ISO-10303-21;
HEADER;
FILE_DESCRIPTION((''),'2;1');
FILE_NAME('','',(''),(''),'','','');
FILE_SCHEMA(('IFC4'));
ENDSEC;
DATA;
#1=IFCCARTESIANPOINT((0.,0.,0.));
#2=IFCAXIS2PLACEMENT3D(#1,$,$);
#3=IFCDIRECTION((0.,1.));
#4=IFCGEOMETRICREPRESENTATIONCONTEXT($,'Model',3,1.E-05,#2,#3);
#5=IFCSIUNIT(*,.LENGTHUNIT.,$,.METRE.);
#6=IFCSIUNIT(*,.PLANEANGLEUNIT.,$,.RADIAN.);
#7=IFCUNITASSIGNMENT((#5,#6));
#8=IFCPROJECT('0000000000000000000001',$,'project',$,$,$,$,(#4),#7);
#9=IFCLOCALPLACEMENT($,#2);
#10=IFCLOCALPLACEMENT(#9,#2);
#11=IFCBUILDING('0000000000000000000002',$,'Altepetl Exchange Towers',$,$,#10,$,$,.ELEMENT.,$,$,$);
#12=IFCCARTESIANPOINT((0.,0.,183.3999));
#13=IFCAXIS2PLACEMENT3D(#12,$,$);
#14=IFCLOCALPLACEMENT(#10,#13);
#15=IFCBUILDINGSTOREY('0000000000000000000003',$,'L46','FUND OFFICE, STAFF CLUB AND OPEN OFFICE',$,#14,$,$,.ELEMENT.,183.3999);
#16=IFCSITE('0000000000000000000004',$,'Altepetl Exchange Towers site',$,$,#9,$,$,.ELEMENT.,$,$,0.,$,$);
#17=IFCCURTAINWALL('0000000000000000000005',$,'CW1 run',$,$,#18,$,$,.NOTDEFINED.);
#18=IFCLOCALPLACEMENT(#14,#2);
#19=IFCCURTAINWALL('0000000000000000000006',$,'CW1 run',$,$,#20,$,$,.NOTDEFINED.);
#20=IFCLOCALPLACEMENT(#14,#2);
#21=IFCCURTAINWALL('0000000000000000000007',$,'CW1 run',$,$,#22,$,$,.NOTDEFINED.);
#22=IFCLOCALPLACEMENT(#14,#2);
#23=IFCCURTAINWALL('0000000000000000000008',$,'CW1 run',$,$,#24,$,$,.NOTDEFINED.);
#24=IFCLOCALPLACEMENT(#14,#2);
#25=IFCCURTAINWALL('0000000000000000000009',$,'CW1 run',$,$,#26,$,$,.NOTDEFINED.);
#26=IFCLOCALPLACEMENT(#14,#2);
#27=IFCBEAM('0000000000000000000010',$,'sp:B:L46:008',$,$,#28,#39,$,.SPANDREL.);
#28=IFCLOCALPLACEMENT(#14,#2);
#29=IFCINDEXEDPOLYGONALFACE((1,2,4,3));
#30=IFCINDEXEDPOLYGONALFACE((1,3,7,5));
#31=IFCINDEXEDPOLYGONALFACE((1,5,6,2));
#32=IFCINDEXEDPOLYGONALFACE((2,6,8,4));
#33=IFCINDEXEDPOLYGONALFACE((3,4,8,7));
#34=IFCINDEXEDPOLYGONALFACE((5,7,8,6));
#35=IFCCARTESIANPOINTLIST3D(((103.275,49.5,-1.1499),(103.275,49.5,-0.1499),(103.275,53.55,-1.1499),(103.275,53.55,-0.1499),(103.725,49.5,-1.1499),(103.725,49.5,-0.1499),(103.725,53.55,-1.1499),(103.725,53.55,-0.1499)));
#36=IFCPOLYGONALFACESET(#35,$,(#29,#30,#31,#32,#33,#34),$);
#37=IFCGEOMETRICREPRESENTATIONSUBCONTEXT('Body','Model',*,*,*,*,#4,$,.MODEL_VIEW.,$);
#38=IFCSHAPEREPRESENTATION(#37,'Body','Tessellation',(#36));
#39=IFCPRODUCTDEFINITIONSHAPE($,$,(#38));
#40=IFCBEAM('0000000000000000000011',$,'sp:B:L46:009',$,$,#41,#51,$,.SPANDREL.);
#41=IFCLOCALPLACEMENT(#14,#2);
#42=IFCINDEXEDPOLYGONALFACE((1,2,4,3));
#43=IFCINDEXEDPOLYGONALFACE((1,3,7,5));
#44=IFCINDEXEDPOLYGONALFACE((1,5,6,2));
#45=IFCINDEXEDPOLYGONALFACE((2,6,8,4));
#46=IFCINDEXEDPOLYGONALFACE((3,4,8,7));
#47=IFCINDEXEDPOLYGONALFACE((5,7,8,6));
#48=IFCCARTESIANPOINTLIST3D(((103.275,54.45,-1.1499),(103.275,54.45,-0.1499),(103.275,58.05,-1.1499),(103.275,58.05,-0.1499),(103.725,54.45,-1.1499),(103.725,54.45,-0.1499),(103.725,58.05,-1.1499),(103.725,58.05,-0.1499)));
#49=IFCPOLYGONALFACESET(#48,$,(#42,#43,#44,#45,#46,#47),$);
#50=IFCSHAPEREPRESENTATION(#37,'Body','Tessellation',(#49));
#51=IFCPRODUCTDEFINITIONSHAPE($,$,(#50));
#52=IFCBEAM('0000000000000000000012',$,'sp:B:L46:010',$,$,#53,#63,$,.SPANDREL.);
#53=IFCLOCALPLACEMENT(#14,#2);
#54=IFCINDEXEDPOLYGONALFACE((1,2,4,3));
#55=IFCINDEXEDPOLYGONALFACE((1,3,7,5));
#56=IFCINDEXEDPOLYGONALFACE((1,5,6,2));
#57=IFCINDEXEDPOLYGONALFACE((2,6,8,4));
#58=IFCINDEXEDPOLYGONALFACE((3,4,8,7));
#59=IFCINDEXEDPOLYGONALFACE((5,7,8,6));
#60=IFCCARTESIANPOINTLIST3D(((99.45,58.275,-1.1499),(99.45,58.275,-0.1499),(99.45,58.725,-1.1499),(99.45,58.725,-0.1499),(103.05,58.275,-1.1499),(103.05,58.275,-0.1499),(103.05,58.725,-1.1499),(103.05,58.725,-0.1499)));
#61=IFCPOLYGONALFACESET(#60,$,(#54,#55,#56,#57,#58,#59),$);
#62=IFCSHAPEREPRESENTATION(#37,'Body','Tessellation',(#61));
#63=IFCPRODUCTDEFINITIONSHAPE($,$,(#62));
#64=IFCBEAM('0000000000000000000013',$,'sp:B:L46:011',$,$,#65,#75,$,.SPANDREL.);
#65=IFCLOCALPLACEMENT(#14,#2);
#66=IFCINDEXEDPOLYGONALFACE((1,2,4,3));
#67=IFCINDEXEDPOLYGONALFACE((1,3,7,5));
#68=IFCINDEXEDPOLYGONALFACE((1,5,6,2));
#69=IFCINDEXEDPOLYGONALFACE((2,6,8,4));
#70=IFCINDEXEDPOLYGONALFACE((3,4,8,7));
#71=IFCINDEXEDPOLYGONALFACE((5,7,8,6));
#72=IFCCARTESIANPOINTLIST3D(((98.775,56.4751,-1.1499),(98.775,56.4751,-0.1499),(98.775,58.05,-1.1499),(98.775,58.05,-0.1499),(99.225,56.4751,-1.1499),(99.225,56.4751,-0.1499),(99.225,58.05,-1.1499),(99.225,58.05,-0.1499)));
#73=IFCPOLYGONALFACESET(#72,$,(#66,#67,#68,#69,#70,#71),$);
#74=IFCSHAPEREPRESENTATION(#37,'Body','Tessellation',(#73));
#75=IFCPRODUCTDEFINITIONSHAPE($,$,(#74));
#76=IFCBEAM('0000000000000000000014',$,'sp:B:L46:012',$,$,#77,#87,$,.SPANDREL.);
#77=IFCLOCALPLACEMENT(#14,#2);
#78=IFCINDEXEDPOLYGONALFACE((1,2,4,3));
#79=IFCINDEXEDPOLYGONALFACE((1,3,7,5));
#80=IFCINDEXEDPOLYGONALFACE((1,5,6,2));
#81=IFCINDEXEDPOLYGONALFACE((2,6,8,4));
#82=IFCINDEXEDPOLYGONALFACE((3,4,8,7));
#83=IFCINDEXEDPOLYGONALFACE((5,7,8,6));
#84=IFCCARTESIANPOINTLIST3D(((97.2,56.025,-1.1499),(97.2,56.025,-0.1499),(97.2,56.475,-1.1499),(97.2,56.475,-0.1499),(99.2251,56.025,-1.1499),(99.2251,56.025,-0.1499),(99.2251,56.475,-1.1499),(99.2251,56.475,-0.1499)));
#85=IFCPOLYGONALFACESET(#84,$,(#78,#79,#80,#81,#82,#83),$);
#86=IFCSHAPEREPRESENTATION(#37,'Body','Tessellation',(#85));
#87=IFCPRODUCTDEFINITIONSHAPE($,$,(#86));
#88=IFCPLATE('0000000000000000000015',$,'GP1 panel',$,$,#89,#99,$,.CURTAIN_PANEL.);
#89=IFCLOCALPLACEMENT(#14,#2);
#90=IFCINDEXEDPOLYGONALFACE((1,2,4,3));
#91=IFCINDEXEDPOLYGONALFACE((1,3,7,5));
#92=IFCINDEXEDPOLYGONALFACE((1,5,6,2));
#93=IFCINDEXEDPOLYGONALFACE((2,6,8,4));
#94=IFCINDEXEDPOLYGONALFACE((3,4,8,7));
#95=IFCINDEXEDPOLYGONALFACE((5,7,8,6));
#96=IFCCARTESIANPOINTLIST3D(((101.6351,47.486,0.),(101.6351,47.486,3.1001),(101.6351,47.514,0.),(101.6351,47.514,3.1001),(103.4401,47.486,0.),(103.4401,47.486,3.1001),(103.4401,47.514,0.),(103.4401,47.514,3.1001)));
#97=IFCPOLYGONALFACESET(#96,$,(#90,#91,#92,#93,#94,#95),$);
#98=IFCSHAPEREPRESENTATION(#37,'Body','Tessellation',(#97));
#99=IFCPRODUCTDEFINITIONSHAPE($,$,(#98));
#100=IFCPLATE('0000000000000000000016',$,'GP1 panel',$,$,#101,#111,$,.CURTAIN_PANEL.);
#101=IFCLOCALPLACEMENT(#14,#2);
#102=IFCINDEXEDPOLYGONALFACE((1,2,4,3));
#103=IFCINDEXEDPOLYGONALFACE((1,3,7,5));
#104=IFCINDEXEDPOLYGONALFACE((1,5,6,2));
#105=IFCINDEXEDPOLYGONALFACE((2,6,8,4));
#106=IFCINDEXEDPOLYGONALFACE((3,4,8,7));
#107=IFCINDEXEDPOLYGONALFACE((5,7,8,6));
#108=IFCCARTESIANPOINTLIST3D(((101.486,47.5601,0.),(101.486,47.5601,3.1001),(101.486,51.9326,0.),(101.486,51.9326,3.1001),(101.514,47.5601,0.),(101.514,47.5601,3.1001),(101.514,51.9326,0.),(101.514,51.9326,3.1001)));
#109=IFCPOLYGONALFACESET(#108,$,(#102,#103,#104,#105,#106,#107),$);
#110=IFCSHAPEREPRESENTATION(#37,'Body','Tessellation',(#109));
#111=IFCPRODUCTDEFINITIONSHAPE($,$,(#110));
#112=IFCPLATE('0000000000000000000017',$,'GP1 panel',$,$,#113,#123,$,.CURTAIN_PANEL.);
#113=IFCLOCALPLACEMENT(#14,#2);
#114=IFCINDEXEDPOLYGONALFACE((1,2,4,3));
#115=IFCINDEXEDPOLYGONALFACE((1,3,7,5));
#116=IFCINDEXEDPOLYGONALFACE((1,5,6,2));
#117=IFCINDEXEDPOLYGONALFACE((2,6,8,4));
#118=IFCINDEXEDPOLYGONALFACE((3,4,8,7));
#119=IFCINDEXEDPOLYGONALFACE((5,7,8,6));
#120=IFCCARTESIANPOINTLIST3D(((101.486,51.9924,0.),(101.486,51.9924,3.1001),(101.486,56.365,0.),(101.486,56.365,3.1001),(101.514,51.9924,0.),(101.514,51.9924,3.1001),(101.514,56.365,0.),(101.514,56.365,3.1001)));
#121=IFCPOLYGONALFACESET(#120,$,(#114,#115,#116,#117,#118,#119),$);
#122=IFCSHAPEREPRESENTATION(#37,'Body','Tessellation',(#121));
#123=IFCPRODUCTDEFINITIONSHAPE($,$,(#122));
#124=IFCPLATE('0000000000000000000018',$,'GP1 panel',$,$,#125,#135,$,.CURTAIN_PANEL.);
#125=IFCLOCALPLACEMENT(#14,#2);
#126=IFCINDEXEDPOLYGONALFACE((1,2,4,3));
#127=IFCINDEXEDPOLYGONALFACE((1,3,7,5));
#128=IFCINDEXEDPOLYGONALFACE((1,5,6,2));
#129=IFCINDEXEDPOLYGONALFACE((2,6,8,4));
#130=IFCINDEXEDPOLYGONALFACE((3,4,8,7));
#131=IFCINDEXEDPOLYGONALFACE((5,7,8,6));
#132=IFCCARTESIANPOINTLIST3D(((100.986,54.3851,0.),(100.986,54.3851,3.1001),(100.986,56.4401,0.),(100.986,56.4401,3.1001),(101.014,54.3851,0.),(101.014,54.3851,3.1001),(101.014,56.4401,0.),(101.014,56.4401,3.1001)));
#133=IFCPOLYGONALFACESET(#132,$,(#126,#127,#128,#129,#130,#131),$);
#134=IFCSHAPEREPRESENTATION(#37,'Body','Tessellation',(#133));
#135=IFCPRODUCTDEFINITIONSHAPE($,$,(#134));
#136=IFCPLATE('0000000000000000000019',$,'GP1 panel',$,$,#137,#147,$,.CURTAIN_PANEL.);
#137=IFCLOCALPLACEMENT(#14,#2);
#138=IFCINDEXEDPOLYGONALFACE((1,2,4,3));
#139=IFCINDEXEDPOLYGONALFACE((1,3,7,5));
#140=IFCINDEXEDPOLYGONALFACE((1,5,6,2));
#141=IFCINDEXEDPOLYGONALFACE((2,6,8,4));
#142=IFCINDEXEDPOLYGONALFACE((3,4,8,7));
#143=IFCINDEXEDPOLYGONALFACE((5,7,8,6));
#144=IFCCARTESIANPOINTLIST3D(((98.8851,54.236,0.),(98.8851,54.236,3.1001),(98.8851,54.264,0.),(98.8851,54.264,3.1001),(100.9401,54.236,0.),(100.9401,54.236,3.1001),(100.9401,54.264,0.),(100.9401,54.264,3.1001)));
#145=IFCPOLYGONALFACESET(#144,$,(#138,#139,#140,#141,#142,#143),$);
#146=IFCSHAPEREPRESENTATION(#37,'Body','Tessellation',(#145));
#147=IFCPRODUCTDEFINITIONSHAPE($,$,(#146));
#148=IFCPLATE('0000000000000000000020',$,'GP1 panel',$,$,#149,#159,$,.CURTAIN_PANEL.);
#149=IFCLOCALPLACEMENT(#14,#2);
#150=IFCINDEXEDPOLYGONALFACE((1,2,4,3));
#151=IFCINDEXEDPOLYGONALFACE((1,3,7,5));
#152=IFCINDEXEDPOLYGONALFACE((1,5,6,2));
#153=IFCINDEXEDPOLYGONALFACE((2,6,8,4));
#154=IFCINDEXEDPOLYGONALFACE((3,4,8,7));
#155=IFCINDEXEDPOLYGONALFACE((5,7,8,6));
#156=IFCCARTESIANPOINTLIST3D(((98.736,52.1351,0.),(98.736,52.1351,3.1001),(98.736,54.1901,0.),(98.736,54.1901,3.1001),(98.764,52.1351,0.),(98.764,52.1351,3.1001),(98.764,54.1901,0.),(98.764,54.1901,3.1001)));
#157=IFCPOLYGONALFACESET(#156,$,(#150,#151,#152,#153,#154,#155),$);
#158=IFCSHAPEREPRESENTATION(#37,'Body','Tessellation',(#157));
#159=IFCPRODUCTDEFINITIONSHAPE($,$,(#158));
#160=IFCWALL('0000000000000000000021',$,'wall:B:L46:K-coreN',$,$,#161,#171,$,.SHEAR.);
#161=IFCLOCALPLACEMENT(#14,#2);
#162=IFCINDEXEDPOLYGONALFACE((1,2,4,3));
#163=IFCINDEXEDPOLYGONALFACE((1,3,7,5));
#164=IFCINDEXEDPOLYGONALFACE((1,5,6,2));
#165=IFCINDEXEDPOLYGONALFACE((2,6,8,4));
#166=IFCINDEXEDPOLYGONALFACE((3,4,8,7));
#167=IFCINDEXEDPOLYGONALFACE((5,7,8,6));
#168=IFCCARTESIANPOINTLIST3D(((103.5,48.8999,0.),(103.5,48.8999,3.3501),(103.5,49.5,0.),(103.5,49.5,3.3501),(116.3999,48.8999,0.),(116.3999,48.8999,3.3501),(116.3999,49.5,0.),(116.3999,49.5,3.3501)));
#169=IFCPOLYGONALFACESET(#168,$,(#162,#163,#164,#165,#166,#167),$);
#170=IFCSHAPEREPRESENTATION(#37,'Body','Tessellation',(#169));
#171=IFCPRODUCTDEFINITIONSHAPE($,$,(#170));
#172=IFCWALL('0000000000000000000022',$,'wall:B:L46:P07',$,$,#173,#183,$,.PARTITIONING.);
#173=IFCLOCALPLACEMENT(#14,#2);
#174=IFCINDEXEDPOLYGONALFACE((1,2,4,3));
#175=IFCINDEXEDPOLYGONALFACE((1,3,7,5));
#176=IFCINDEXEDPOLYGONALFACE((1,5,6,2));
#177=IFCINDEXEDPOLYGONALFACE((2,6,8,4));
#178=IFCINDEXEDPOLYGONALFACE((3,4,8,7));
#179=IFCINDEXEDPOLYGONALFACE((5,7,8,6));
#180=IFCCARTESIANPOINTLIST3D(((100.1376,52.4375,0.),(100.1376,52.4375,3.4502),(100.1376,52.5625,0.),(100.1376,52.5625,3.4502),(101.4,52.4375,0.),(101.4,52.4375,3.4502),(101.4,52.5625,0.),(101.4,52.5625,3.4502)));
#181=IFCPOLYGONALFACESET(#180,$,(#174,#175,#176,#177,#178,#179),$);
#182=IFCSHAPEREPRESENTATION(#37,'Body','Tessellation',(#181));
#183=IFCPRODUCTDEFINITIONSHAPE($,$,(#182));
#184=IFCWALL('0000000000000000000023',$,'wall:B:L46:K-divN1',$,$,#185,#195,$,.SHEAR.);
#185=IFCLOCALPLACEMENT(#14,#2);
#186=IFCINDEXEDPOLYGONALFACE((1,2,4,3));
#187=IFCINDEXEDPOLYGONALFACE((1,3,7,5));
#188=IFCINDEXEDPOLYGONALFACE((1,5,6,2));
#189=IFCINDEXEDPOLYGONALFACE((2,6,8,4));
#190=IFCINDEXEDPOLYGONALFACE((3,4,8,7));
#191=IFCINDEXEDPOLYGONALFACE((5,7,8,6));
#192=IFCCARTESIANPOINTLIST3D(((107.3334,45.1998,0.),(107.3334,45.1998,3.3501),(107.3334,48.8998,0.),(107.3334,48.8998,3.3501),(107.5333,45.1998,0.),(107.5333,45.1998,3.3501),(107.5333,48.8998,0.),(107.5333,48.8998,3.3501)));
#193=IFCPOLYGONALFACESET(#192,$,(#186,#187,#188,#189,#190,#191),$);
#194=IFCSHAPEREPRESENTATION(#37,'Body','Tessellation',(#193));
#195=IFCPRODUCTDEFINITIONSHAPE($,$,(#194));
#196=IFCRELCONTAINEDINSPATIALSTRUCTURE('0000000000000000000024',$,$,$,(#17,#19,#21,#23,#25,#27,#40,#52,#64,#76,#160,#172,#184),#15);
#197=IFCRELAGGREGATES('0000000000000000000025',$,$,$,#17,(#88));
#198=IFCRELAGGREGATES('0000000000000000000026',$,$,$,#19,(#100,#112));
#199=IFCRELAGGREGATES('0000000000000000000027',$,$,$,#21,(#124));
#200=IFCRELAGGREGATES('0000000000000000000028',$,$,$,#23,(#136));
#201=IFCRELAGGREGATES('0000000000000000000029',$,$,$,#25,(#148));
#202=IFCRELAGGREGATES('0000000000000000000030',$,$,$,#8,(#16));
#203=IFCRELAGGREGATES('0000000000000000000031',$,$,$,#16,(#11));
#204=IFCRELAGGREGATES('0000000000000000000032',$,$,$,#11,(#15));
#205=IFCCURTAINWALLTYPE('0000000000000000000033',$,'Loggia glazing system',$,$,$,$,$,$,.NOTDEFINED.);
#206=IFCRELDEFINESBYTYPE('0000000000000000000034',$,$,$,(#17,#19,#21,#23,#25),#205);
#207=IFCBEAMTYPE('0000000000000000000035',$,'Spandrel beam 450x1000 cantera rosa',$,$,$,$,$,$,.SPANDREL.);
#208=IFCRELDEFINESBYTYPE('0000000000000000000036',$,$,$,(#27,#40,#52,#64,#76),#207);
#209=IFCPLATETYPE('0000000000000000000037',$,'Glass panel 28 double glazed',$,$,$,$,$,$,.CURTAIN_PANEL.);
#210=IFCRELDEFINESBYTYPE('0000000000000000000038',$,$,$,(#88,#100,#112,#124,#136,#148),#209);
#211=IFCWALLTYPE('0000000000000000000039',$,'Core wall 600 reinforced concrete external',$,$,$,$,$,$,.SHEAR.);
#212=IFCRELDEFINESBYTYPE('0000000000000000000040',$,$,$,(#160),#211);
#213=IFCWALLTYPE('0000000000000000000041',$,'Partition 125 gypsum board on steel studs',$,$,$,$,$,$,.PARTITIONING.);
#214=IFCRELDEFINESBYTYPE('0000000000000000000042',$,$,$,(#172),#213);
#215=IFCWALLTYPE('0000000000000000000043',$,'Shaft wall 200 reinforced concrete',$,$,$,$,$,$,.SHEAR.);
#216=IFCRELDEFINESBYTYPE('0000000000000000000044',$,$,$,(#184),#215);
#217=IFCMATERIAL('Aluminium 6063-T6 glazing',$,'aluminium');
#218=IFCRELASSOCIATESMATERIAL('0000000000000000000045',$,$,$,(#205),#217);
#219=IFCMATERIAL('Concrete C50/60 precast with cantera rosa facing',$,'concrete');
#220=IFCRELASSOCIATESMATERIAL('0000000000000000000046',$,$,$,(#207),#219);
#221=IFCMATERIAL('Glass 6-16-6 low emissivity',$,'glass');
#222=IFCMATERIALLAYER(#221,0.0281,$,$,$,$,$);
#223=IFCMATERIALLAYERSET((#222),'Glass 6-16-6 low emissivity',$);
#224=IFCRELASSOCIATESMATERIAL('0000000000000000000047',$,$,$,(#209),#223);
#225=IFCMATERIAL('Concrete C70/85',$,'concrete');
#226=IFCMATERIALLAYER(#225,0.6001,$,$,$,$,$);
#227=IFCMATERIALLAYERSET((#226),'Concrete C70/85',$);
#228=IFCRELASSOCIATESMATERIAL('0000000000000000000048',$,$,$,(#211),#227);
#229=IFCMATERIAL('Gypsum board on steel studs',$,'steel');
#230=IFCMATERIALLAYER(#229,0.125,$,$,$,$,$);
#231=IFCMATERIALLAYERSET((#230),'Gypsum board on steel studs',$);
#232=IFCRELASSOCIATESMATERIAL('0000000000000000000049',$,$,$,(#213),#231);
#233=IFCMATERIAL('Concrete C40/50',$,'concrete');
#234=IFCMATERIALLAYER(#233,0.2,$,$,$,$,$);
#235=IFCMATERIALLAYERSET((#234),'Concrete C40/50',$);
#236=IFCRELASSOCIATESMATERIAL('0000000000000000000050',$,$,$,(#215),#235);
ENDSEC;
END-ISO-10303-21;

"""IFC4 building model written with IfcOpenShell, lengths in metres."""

from ifc_helpers import new_model, si_unit, direction, frame, frame_2d, origin, origin_2d, place, context, subcontext, project, spatial, rectangle, extrude, material, layer, layer_set, material_profile, profile_set, type_object, element, aggregate, save


model = new_model("IFC4")

# Units and contexts
model_context = context("Model", 3, precision=1e-05, world=origin(), true_north=direction((0.0, 1.0)))
body_context = subcontext(model_context, "Body", "Model", "MODEL_VIEW")
ifc_project = project(units=[si_unit("LENGTHUNIT", "METRE"), si_unit("PLANEANGLEUNIT", "RADIAN")], contexts=[model_context])

# Site, building, storey
site_placement = place(None, origin())
site = spatial("IfcSite", under=ifc_project, at=site_placement, Name="Altepetl Exchange Towers site", CompositionType="ELEMENT", RefElevation=0.0)
building_placement = place(site_placement, origin())
building = spatial("IfcBuilding", under=site, at=building_placement, Name="Altepetl Exchange Towers", CompositionType="ELEMENT")
storey_placement = place(building_placement, frame((0.0, 0.0, 183.3999)))
storey = spatial("IfcBuildingStorey", under=building, at=storey_placement, Name="L46", Description="FUND OFFICE, STAFF CLUB AND OPEN OFFICE", CompositionType="ELEMENT", Elevation=183.3999)

# Curtain wall
ifc_material_1 = material(Name="Aluminium 6063-T6 glazing", Category="aluminium")
curtain_wall_type = type_object("IfcCurtainWallType", Name="Loggia glazing system", PredefinedType="NOTDEFINED", material=ifc_material_1)
curtain_wall_1_placement = place(storey_placement, origin())
curtain_wall_1 = element("IfcCurtainWall", 1, at=curtain_wall_1_placement, inside=storey, type_object=curtain_wall_type, Name="CW1 run", PredefinedType="NOTDEFINED")

# Curtain walls
curtain_wall_2_placement = place(storey_placement, origin())
curtain_wall_2 = element("IfcCurtainWall", 2, at=curtain_wall_2_placement, inside=storey, type_object=curtain_wall_type, Name="CW1 run", PredefinedType="NOTDEFINED")
curtain_wall_3_placement = place(storey_placement, origin())
curtain_wall_3 = element("IfcCurtainWall", 3, at=curtain_wall_3_placement, inside=storey, type_object=curtain_wall_type, Name="CW1 run", PredefinedType="NOTDEFINED")
curtain_wall_4_placement = place(storey_placement, origin())
curtain_wall_4 = element("IfcCurtainWall", 4, at=curtain_wall_4_placement, inside=storey, type_object=curtain_wall_type, Name="CW1 run", PredefinedType="NOTDEFINED")

# Curtain wall
curtain_wall_5_placement = place(storey_placement, origin())
curtain_wall_5 = element("IfcCurtainWall", 5, at=curtain_wall_5_placement, inside=storey, type_object=curtain_wall_type, Name="CW1 run", PredefinedType="NOTDEFINED")

# Beams
ifc_material_2 = material(Name="Concrete C50/60 precast with cantera rosa facing", Category="concrete")
ifc_material_profile_1 = material_profile(ifc_material_2, rectangle(XDim=0.45, YDim=1.0, at=origin_2d()), Name="450 x 1000")
ifc_profile_set_1 = profile_set([ifc_material_profile_1], Name="Concrete C50/60 precast with cantera rosa facing")
beam_type = type_object("IfcBeamType", Name="Spandrel beam 450x1000 cantera rosa", PredefinedType="SPANDREL", material=ifc_profile_set_1)
beam_1_placement = place(storey_placement, frame((103.5, 49.5, -0.6499), z_axis=(0.0, 1.0, 0.0), x_axis=(-1.0, 0.0, 0.0)))
element("IfcBeam", 6, at=beam_1_placement, inside=storey, type_object=beam_type, Name="sp:B:L46:008", PredefinedType="SPANDREL", context=body_context, shape_type="SweptSolid", body=[
    extrude(rectangle(XDim=0.45, YDim=1.0, at=origin_2d()), origin(), (0.0, 0.0, 1.0), 4.05),
])
for number, where, z_axis, x_axis, name in (
    (7, (103.5, 54.45, -0.6499), (0.0, 1.0, 0.0), (-1.0, 0.0, 0.0), "sp:B:L46:009"),
    (8, (103.05, 58.5, -0.6499), (-1.0, 0.0, 0.0), (0.0, -1.0, 0.0), "sp:B:L46:010"),
):
    element("IfcBeam", number, at=place(storey_placement, frame(where, z_axis=z_axis, x_axis=x_axis)), inside=storey, type_object=beam_type, Name=name, PredefinedType="SPANDREL", context=body_context, shape_type="SweptSolid", body=[
        extrude(rectangle(XDim=0.45, YDim=1.0, at=origin_2d()), origin(), (0.0, 0.0, 1.0), 3.6001),
    ])
beam_2_placement = place(storey_placement, frame((99.0, 58.05, -0.6499), z_axis=(0.0, -1.0, 0.0), x_axis=(1.0, 0.0, 0.0)))
element("IfcBeam", 9, at=beam_2_placement, inside=storey, type_object=beam_type, Name="sp:B:L46:011", PredefinedType="SPANDREL", context=body_context, shape_type="SweptSolid", body=[
    extrude(rectangle(XDim=0.45, YDim=1.0, at=origin_2d()), origin(), (0.0, 0.0, 1.0), 1.575),
])
beam_3_placement = place(storey_placement, frame((99.2251, 56.25, -0.6499), z_axis=(-1.0, 0.0, 0.0), x_axis=(0.0, -1.0, 0.0)))
element("IfcBeam", 10, at=beam_3_placement, inside=storey, type_object=beam_type, Name="sp:B:L46:012", PredefinedType="SPANDREL", context=body_context, shape_type="SweptSolid", body=[
    extrude(rectangle(XDim=0.45, YDim=1.0, at=origin_2d()), origin(), (0.0, 0.0, 1.0), 2.0251),
])

# Plates
ifc_material_3 = material(Name="Glass 6-16-6 low emissivity", Category="glass")
ifc_layer_1 = layer(ifc_material_3, 0.0281)
ifc_layer_set_1 = layer_set([ifc_layer_1], Name="Glass 6-16-6 low emissivity")
plate_type = type_object("IfcPlateType", Name="Glass panel 28 double glazed", PredefinedType="CURTAIN_PANEL", material=ifc_layer_set_1)
plate_1_placement = place(storey_placement, frame((102.5376, 47.5, 0.0), z_axis=(0.0, 0.0, 1.0), x_axis=(-1.0, 0.0, 0.0)))
plate_1 = element("IfcPlate", 11, at=plate_1_placement, type_object=plate_type, Name="GP1 panel", PredefinedType="CURTAIN_PANEL", context=body_context, shape_type="SweptSolid", body=[
    extrude(rectangle(XDim=1.8049, YDim=0.0281, at=origin_2d()), origin(), (0.0, 0.0, 1.0), 3.1001),
])
aggregate(curtain_wall_1, [plate_1])
plate_2_placement = place(storey_placement, frame((101.5, 49.7463, 0.0), z_axis=(0.0, 0.0, 1.0), x_axis=(0.0, 1.0, 0.0)))
plate_2 = element("IfcPlate", 12, at=plate_2_placement, type_object=plate_type, Name="GP1 panel", PredefinedType="CURTAIN_PANEL", context=body_context, shape_type="SweptSolid", body=[
    extrude(rectangle(XDim=4.3726, YDim=0.0281, at=origin_2d()), origin(), (0.0, 0.0, 1.0), 3.1001),
])
plate_3_placement = place(storey_placement, frame((101.5, 54.1787, 0.0), z_axis=(0.0, 0.0, 1.0), x_axis=(0.0, 1.0, 0.0)))
plate_3 = element("IfcPlate", 13, at=plate_3_placement, type_object=plate_type, Name="GP1 panel", PredefinedType="CURTAIN_PANEL", context=body_context, shape_type="SweptSolid", body=[
    extrude(rectangle(XDim=4.3726, YDim=0.0281, at=origin_2d()), origin(), (0.0, 0.0, 1.0), 3.1001),
])
aggregate(curtain_wall_2, [plate_2, plate_3])
plate_4_placement = place(storey_placement, frame((101.0, 55.4126, 0.0), z_axis=(0.0, 0.0, 1.0), x_axis=(0.0, -1.0, 0.0)))
plate_4 = element("IfcPlate", 14, at=plate_4_placement, type_object=plate_type, Name="GP1 panel", PredefinedType="CURTAIN_PANEL", context=body_context, shape_type="SweptSolid", body=[
    extrude(rectangle(XDim=2.0549, YDim=0.0281, at=origin_2d()), origin(), (0.0, 0.0, 1.0), 3.1001),
])
aggregate(curtain_wall_3, [plate_4])
plate_5_placement = place(storey_placement, frame((99.9126, 54.25, 0.0), z_axis=(0.0, 0.0, 1.0), x_axis=(-1.0, 0.0, 0.0)))
plate_5 = element("IfcPlate", 15, at=plate_5_placement, type_object=plate_type, Name="GP1 panel", PredefinedType="CURTAIN_PANEL", context=body_context, shape_type="SweptSolid", body=[
    extrude(rectangle(XDim=2.0549, YDim=0.0281, at=origin_2d()), origin(), (0.0, 0.0, 1.0), 3.1001),
])
aggregate(curtain_wall_4, [plate_5])
plate_6_placement = place(storey_placement, frame((98.75, 53.1626, 0.0), z_axis=(0.0, 0.0, 1.0), x_axis=(0.0, -1.0, 0.0)))
plate_6 = element("IfcPlate", 16, at=plate_6_placement, type_object=plate_type, Name="GP1 panel", PredefinedType="CURTAIN_PANEL", context=body_context, shape_type="SweptSolid", body=[
    extrude(rectangle(XDim=2.0549, YDim=0.0281, at=origin_2d()), origin(), (0.0, 0.0, 1.0), 3.1001),
])
aggregate(curtain_wall_5, [plate_6])

# Walls
ifc_material_4 = material(Name="Concrete C70/85", Category="concrete")
ifc_layer_2 = layer(ifc_material_4, 0.6001)
ifc_layer_set_2 = layer_set([ifc_layer_2], Name="Concrete C70/85")
wall_type_1 = type_object("IfcWallType", Name="Core wall 600 reinforced concrete external", PredefinedType="SHEAR", material=ifc_layer_set_2)
wall_1_placement = place(storey_placement, frame((103.5, 49.2, 0.0)))
element("IfcWall", 17, at=wall_1_placement, inside=storey, type_object=wall_type_1, Name="wall:B:L46:K-coreN", PredefinedType="SHEAR", context=body_context, shape_type="SweptSolid", body=[
    extrude(rectangle(XDim=12.8999, YDim=0.6001, at=frame_2d((6.45, 0.0))), origin(), (0.0, 0.0, 1.0), 3.3501),
])
ifc_material_5 = material(Name="Gypsum board on steel studs", Category="steel")
ifc_layer_3 = layer(ifc_material_5, 0.125)
ifc_layer_set_3 = layer_set([ifc_layer_3], Name="Gypsum board on steel studs")
wall_type_2 = type_object("IfcWallType", Name="Partition 125 gypsum board on steel studs", PredefinedType="PARTITIONING", material=ifc_layer_set_3)
wall_2_placement = place(storey_placement, frame((100.1375, 52.5, 0.0)))
element("IfcWall", 18, at=wall_2_placement, inside=storey, type_object=wall_type_2, Name="wall:B:L46:P07", PredefinedType="PARTITIONING", context=body_context, shape_type="SweptSolid", body=[
    extrude(rectangle(XDim=1.2625, YDim=0.125, at=frame_2d((0.6313, 0.0))), origin(), (0.0, 0.0, 1.0), 3.4502),
])
ifc_material_6 = material(Name="Concrete C40/50", Category="concrete")
ifc_layer_4 = layer(ifc_material_6, 0.2)
ifc_layer_set_4 = layer_set([ifc_layer_4], Name="Concrete C40/50")
wall_type_3 = type_object("IfcWallType", Name="Shaft wall 200 reinforced concrete", PredefinedType="SHEAR", material=ifc_layer_set_4)
wall_3_placement = place(storey_placement, frame((107.4333, 48.8999, 0.0), z_axis=(0.0, 0.0, 1.0), x_axis=(0.0, -1.0, 0.0)))
element("IfcWall", 19, at=wall_3_placement, inside=storey, type_object=wall_type_3, Name="wall:B:L46:K-divN1", PredefinedType="SHEAR", context=body_context, shape_type="SweptSolid", body=[
    extrude(rectangle(XDim=3.7, YDim=0.2, at=frame_2d((1.8501, 0.0))), origin(), (0.0, 0.0, 1.0), 3.3501),
])

save(model, "model.ifc")
